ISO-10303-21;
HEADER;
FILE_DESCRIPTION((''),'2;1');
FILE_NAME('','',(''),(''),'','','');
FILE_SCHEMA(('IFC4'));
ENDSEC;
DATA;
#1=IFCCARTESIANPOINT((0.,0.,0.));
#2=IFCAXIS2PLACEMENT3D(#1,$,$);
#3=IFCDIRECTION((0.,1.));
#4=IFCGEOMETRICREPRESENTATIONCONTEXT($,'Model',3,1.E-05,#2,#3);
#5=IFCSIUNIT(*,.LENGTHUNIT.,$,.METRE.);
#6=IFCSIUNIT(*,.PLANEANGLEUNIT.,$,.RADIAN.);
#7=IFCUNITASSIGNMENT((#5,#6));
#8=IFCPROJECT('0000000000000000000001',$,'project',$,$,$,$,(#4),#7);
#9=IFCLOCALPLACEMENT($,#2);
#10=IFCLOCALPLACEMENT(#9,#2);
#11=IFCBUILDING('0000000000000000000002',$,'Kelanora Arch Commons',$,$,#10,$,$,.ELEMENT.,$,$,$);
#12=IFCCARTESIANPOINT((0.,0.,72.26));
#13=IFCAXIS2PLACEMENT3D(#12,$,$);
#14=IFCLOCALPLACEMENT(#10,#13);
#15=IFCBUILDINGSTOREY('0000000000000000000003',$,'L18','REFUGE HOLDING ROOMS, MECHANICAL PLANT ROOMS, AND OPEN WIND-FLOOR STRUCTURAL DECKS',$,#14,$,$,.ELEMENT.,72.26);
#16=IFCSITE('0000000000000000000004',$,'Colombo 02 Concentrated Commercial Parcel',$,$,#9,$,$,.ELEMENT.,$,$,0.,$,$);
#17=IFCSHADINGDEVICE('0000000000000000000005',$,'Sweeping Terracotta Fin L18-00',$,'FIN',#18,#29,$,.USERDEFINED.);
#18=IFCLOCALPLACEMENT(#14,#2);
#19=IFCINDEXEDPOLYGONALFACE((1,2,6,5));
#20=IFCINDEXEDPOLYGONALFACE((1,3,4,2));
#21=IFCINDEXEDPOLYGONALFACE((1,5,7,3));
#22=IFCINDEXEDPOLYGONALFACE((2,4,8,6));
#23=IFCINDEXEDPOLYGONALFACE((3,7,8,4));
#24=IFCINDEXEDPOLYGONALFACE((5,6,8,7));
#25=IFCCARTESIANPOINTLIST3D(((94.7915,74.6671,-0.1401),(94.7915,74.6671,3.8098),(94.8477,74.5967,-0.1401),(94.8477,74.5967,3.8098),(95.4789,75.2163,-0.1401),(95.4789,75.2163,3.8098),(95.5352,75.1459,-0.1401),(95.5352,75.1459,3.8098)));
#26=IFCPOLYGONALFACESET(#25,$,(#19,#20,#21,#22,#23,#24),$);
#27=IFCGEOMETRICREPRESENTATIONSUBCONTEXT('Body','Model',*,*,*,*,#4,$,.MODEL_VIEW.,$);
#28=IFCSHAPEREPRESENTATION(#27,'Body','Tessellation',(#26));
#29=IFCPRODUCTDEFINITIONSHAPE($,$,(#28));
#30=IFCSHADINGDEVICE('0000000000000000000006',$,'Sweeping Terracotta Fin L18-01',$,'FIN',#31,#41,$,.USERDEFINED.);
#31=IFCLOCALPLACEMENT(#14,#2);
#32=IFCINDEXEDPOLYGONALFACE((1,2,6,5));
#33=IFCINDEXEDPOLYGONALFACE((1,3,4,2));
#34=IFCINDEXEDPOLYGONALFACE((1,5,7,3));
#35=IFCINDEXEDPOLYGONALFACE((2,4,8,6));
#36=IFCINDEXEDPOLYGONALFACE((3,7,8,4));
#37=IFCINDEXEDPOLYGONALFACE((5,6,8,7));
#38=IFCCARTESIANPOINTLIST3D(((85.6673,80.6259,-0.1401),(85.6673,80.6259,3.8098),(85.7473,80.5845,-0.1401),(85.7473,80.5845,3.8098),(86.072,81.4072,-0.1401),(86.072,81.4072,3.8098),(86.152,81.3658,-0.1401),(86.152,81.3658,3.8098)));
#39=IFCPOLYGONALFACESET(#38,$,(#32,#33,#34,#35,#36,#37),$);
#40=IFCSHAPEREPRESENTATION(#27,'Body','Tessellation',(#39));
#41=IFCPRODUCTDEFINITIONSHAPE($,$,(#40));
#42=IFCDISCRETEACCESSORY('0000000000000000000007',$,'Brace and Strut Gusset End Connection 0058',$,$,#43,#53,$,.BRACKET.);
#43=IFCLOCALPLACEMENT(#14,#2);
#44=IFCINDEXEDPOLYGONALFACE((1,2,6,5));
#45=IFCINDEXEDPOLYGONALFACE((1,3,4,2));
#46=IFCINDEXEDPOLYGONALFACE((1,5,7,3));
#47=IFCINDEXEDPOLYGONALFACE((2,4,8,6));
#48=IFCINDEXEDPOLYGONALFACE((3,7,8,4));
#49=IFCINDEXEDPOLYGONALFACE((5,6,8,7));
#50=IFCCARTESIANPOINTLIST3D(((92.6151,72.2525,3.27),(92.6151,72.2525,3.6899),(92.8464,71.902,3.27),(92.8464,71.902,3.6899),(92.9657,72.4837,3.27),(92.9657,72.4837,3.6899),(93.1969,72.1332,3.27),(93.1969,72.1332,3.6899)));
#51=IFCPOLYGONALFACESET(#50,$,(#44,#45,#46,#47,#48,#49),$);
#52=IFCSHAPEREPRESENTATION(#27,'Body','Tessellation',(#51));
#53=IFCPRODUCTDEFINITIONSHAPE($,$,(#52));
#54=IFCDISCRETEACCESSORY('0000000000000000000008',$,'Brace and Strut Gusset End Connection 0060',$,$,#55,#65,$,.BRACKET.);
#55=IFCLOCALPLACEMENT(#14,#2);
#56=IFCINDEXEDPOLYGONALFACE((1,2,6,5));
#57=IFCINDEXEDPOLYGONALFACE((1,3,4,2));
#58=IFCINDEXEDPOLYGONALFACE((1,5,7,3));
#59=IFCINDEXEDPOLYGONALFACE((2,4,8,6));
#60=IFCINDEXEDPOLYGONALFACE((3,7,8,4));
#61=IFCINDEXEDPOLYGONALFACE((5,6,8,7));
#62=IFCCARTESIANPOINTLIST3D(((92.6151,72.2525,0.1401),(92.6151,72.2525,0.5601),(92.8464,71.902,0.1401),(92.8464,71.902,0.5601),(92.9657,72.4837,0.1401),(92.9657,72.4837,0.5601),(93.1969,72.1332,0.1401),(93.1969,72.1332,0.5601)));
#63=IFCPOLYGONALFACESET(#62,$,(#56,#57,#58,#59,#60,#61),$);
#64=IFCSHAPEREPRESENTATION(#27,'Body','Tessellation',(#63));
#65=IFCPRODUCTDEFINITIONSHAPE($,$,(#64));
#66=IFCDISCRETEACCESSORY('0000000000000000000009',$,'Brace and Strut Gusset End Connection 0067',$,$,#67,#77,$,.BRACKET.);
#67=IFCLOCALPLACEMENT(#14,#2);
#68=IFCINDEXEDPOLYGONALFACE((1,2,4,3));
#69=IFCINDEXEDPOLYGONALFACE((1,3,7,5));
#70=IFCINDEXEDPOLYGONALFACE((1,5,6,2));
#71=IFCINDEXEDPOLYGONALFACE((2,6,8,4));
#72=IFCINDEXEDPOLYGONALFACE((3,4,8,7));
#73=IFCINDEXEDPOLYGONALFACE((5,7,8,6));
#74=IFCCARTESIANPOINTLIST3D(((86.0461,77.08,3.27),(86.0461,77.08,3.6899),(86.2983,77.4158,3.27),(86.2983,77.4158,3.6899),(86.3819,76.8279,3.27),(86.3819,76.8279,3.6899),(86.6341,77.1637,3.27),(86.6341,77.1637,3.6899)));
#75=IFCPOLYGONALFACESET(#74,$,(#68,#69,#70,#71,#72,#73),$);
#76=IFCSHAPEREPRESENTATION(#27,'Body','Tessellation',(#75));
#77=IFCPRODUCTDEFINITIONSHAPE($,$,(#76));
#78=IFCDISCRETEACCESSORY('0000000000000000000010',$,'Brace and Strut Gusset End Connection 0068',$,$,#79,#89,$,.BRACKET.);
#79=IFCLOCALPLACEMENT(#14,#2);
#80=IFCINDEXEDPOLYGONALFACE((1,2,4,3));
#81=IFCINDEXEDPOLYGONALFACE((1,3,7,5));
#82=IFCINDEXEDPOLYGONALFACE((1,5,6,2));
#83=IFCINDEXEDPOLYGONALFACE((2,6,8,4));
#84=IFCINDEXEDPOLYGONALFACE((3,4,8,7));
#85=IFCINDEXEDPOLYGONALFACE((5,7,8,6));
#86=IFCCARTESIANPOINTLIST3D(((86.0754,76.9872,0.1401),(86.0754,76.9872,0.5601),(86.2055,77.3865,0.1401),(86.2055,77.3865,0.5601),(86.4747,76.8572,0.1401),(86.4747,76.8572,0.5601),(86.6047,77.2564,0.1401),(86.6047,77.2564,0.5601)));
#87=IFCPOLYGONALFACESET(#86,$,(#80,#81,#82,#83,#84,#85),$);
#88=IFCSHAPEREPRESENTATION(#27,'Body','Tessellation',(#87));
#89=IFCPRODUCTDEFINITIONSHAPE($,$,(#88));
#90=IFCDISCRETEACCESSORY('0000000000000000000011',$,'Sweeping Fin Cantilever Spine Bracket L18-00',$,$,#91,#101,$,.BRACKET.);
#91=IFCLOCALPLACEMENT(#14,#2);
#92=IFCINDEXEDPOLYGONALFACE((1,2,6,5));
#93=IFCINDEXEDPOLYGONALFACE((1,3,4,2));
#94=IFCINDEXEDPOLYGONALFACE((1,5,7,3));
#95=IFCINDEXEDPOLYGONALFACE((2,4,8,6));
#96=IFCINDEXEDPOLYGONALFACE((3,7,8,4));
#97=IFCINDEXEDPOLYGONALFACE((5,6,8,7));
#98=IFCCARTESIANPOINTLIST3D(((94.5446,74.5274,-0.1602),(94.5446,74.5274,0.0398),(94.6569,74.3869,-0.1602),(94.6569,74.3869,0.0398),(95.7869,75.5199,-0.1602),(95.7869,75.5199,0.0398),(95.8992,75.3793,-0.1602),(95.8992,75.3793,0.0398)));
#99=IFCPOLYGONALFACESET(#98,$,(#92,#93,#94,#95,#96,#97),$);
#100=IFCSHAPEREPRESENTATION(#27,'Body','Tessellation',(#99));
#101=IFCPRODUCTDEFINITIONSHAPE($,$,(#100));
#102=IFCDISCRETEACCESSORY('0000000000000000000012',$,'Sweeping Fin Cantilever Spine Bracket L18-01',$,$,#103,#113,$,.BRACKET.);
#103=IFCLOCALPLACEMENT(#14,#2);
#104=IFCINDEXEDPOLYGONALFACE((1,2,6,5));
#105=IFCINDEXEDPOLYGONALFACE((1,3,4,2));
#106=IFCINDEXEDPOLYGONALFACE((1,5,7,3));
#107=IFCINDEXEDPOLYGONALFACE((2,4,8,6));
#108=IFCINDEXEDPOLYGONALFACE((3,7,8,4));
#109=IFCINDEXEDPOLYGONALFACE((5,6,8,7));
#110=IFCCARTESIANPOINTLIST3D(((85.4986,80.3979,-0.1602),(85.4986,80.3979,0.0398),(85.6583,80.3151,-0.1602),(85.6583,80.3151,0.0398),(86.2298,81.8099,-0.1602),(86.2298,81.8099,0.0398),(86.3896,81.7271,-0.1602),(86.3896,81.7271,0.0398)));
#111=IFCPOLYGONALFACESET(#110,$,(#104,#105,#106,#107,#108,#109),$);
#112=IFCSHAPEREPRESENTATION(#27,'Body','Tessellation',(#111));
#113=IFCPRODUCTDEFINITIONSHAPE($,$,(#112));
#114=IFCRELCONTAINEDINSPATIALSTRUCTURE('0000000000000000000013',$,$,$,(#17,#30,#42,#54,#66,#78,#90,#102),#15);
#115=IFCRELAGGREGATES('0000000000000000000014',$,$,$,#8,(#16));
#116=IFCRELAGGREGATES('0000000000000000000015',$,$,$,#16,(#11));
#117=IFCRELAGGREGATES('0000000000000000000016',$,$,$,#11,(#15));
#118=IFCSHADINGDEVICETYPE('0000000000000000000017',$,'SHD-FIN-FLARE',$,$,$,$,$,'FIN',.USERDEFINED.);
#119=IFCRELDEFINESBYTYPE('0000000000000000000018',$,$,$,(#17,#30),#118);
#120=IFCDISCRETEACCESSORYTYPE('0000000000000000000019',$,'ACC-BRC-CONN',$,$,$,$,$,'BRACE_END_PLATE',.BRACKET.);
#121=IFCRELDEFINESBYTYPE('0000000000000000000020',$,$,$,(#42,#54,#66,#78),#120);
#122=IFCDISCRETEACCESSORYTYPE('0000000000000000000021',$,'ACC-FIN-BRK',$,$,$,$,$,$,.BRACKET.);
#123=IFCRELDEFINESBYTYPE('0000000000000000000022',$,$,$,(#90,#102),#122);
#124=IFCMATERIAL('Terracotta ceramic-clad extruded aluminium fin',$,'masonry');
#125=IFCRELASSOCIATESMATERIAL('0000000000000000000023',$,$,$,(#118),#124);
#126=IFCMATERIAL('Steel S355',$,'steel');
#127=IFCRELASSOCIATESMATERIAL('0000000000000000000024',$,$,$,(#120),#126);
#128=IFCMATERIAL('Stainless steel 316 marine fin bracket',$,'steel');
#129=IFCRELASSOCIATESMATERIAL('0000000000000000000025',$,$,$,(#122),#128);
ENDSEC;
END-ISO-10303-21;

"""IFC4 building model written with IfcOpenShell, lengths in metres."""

from ifc_helpers import new_model, si_unit, direction, frame, origin, origin_2d, place, context, subcontext, project, spatial, rectangle, extrude, source, transform, mapped, material, type_object, element, save


model = new_model("IFC4")

# Units and contexts
model_context = context("Model", 3, precision=1e-05, world=origin(), true_north=direction((0.0, 1.0)))
body_context = subcontext(model_context, "Body", "Model", "MODEL_VIEW")
ifc_project = project(units=[si_unit("LENGTHUNIT", "METRE"), si_unit("PLANEANGLEUNIT", "RADIAN")], contexts=[model_context])

# Site, building, storey
site_placement = place(None, origin())
site = spatial("IfcSite", under=ifc_project, at=site_placement, Name="Colombo 02 Concentrated Commercial Parcel", CompositionType="ELEMENT", RefElevation=0.0)
building_placement = place(site_placement, origin())
building = spatial("IfcBuilding", under=site, at=building_placement, Name="Kelanora Arch Commons", CompositionType="ELEMENT")
storey_placement = place(building_placement, frame((0.0, 0.0, 72.26)))
storey = spatial("IfcBuildingStorey", under=building, at=storey_placement, Name="L18", Description="REFUGE HOLDING ROOMS, MECHANICAL PLANT ROOMS, AND OPEN WIND-FLOOR STRUCTURAL DECKS", CompositionType="ELEMENT", Elevation=72.26)

# Shared definitions
ifc_material_1 = material(Name="Steel S355", Category="steel")

# Shading devices
ifc_material_2 = material(Name="Terracotta ceramic-clad extruded aluminium fin", Category="masonry")
shading_device_type = type_object("IfcShadingDeviceType", Name="SHD-FIN-FLARE", ElementType="FIN", PredefinedType="USERDEFINED", material=ifc_material_2)
shared_shape_1 = source(origin(), body_context, "Body", "SweptSolid", [
    extrude(rectangle(XDim=0.8799, YDim=0.0901, at=origin_2d()), origin(), (0.0, 0.0, 1.0), 3.95),
])
for number, where, z_axis, x_axis, name in (
    (1, (95.1633, 74.9065, -0.1401), (0.0, 0.0, 1.0), (0.781303, 0.624152, 0.0), "Sweeping Terracotta Fin L18-00"),
    (2, (85.9097, 80.9958, -0.1401), (0.0, 0.0, 1.0), (0.45989, 0.887976, 0.0), "Sweeping Terracotta Fin L18-01"),
):
    element("IfcShadingDevice", number, at=place(storey_placement, frame(where, z_axis=z_axis, x_axis=x_axis)), inside=storey, type_object=shading_device_type, Name=name, ObjectType="FIN", PredefinedType="USERDEFINED", context=body_context, shape_type="MappedRepresentation", body=[
        mapped(shared_shape_1, transform((0.0, 0.0, 0.0), scale=1.0)),
    ])

# Discrete accessories
discrete_accessory_type_1 = type_object("IfcDiscreteAccessoryType", Name="ACC-BRC-CONN", ElementType="BRACE_END_PLATE", PredefinedType="BRACKET", material=ifc_material_1)
shared_shape_2 = source(origin(), body_context, "Body", "SweptSolid", [
    extrude(rectangle(XDim=0.4199, YDim=0.4199, at=origin_2d()), origin(), (0.0, 0.0, 1.0), 0.4199),
])
for number, where, z_axis, x_axis, name in (
    (3, (92.906, 72.1929, 3.27), (0.0, 0.0, 1.0), (0.834752, 0.550626, 0.0), "Brace and Strut Gusset End Connection 0058"),
    (4, (92.906, 72.1929, 0.1401), (0.0, 0.0, 1.0), (0.834752, 0.550626, 0.0), "Brace and Strut Gusset End Connection 0060"),
    (5, (86.3401, 77.1218, 3.27), (0.0, 0.0, 1.0), (-0.799685, 0.60042, 0.0), "Brace and Strut Gusset End Connection 0067"),
    (6, (86.3401, 77.1218, 0.1401), (0.0, 0.0, 1.0), (-0.950841, 0.309681, 0.0), "Brace and Strut Gusset End Connection 0068"),
):
    element("IfcDiscreteAccessory", number, at=place(storey_placement, frame(where, z_axis=z_axis, x_axis=x_axis)), inside=storey, type_object=discrete_accessory_type_1, Name=name, PredefinedType="BRACKET", context=body_context, shape_type="MappedRepresentation", body=[
        mapped(shared_shape_2, transform((0.0, 0.0, 0.0), scale=1.0)),
    ])
ifc_material_3 = material(Name="Stainless steel 316 marine fin bracket", Category="steel")
discrete_accessory_type_2 = type_object("IfcDiscreteAccessoryType", Name="ACC-FIN-BRK", PredefinedType="BRACKET", material=ifc_material_3)
shared_shape_3 = source(origin(), body_context, "Body", "SweptSolid", [
    extrude(rectangle(XDim=1.5901, YDim=0.1799, at=origin_2d()), origin(), (0.0, 0.0, 1.0), 0.2),
])
for number, where, z_axis, x_axis, name in (
    (7, (95.2219, 74.9534, -0.1602), (0.0, 0.0, 1.0), (0.781303, 0.624152, 0.0), "Sweeping Fin Cantilever Spine Bracket L18-00"),
    (8, (85.9441, 81.0625, -0.1602), (0.0, 0.0, 1.0), (0.45989, 0.887976, 0.0), "Sweeping Fin Cantilever Spine Bracket L18-01"),
):
    element("IfcDiscreteAccessory", number, at=place(storey_placement, frame(where, z_axis=z_axis, x_axis=x_axis)), inside=storey, type_object=discrete_accessory_type_2, Name=name, PredefinedType="BRACKET", context=body_context, shape_type="MappedRepresentation", body=[
        mapped(shared_shape_3, transform((0.0, 0.0, 0.0), scale=1.0)),
    ])

save(model, "model.ifc")
